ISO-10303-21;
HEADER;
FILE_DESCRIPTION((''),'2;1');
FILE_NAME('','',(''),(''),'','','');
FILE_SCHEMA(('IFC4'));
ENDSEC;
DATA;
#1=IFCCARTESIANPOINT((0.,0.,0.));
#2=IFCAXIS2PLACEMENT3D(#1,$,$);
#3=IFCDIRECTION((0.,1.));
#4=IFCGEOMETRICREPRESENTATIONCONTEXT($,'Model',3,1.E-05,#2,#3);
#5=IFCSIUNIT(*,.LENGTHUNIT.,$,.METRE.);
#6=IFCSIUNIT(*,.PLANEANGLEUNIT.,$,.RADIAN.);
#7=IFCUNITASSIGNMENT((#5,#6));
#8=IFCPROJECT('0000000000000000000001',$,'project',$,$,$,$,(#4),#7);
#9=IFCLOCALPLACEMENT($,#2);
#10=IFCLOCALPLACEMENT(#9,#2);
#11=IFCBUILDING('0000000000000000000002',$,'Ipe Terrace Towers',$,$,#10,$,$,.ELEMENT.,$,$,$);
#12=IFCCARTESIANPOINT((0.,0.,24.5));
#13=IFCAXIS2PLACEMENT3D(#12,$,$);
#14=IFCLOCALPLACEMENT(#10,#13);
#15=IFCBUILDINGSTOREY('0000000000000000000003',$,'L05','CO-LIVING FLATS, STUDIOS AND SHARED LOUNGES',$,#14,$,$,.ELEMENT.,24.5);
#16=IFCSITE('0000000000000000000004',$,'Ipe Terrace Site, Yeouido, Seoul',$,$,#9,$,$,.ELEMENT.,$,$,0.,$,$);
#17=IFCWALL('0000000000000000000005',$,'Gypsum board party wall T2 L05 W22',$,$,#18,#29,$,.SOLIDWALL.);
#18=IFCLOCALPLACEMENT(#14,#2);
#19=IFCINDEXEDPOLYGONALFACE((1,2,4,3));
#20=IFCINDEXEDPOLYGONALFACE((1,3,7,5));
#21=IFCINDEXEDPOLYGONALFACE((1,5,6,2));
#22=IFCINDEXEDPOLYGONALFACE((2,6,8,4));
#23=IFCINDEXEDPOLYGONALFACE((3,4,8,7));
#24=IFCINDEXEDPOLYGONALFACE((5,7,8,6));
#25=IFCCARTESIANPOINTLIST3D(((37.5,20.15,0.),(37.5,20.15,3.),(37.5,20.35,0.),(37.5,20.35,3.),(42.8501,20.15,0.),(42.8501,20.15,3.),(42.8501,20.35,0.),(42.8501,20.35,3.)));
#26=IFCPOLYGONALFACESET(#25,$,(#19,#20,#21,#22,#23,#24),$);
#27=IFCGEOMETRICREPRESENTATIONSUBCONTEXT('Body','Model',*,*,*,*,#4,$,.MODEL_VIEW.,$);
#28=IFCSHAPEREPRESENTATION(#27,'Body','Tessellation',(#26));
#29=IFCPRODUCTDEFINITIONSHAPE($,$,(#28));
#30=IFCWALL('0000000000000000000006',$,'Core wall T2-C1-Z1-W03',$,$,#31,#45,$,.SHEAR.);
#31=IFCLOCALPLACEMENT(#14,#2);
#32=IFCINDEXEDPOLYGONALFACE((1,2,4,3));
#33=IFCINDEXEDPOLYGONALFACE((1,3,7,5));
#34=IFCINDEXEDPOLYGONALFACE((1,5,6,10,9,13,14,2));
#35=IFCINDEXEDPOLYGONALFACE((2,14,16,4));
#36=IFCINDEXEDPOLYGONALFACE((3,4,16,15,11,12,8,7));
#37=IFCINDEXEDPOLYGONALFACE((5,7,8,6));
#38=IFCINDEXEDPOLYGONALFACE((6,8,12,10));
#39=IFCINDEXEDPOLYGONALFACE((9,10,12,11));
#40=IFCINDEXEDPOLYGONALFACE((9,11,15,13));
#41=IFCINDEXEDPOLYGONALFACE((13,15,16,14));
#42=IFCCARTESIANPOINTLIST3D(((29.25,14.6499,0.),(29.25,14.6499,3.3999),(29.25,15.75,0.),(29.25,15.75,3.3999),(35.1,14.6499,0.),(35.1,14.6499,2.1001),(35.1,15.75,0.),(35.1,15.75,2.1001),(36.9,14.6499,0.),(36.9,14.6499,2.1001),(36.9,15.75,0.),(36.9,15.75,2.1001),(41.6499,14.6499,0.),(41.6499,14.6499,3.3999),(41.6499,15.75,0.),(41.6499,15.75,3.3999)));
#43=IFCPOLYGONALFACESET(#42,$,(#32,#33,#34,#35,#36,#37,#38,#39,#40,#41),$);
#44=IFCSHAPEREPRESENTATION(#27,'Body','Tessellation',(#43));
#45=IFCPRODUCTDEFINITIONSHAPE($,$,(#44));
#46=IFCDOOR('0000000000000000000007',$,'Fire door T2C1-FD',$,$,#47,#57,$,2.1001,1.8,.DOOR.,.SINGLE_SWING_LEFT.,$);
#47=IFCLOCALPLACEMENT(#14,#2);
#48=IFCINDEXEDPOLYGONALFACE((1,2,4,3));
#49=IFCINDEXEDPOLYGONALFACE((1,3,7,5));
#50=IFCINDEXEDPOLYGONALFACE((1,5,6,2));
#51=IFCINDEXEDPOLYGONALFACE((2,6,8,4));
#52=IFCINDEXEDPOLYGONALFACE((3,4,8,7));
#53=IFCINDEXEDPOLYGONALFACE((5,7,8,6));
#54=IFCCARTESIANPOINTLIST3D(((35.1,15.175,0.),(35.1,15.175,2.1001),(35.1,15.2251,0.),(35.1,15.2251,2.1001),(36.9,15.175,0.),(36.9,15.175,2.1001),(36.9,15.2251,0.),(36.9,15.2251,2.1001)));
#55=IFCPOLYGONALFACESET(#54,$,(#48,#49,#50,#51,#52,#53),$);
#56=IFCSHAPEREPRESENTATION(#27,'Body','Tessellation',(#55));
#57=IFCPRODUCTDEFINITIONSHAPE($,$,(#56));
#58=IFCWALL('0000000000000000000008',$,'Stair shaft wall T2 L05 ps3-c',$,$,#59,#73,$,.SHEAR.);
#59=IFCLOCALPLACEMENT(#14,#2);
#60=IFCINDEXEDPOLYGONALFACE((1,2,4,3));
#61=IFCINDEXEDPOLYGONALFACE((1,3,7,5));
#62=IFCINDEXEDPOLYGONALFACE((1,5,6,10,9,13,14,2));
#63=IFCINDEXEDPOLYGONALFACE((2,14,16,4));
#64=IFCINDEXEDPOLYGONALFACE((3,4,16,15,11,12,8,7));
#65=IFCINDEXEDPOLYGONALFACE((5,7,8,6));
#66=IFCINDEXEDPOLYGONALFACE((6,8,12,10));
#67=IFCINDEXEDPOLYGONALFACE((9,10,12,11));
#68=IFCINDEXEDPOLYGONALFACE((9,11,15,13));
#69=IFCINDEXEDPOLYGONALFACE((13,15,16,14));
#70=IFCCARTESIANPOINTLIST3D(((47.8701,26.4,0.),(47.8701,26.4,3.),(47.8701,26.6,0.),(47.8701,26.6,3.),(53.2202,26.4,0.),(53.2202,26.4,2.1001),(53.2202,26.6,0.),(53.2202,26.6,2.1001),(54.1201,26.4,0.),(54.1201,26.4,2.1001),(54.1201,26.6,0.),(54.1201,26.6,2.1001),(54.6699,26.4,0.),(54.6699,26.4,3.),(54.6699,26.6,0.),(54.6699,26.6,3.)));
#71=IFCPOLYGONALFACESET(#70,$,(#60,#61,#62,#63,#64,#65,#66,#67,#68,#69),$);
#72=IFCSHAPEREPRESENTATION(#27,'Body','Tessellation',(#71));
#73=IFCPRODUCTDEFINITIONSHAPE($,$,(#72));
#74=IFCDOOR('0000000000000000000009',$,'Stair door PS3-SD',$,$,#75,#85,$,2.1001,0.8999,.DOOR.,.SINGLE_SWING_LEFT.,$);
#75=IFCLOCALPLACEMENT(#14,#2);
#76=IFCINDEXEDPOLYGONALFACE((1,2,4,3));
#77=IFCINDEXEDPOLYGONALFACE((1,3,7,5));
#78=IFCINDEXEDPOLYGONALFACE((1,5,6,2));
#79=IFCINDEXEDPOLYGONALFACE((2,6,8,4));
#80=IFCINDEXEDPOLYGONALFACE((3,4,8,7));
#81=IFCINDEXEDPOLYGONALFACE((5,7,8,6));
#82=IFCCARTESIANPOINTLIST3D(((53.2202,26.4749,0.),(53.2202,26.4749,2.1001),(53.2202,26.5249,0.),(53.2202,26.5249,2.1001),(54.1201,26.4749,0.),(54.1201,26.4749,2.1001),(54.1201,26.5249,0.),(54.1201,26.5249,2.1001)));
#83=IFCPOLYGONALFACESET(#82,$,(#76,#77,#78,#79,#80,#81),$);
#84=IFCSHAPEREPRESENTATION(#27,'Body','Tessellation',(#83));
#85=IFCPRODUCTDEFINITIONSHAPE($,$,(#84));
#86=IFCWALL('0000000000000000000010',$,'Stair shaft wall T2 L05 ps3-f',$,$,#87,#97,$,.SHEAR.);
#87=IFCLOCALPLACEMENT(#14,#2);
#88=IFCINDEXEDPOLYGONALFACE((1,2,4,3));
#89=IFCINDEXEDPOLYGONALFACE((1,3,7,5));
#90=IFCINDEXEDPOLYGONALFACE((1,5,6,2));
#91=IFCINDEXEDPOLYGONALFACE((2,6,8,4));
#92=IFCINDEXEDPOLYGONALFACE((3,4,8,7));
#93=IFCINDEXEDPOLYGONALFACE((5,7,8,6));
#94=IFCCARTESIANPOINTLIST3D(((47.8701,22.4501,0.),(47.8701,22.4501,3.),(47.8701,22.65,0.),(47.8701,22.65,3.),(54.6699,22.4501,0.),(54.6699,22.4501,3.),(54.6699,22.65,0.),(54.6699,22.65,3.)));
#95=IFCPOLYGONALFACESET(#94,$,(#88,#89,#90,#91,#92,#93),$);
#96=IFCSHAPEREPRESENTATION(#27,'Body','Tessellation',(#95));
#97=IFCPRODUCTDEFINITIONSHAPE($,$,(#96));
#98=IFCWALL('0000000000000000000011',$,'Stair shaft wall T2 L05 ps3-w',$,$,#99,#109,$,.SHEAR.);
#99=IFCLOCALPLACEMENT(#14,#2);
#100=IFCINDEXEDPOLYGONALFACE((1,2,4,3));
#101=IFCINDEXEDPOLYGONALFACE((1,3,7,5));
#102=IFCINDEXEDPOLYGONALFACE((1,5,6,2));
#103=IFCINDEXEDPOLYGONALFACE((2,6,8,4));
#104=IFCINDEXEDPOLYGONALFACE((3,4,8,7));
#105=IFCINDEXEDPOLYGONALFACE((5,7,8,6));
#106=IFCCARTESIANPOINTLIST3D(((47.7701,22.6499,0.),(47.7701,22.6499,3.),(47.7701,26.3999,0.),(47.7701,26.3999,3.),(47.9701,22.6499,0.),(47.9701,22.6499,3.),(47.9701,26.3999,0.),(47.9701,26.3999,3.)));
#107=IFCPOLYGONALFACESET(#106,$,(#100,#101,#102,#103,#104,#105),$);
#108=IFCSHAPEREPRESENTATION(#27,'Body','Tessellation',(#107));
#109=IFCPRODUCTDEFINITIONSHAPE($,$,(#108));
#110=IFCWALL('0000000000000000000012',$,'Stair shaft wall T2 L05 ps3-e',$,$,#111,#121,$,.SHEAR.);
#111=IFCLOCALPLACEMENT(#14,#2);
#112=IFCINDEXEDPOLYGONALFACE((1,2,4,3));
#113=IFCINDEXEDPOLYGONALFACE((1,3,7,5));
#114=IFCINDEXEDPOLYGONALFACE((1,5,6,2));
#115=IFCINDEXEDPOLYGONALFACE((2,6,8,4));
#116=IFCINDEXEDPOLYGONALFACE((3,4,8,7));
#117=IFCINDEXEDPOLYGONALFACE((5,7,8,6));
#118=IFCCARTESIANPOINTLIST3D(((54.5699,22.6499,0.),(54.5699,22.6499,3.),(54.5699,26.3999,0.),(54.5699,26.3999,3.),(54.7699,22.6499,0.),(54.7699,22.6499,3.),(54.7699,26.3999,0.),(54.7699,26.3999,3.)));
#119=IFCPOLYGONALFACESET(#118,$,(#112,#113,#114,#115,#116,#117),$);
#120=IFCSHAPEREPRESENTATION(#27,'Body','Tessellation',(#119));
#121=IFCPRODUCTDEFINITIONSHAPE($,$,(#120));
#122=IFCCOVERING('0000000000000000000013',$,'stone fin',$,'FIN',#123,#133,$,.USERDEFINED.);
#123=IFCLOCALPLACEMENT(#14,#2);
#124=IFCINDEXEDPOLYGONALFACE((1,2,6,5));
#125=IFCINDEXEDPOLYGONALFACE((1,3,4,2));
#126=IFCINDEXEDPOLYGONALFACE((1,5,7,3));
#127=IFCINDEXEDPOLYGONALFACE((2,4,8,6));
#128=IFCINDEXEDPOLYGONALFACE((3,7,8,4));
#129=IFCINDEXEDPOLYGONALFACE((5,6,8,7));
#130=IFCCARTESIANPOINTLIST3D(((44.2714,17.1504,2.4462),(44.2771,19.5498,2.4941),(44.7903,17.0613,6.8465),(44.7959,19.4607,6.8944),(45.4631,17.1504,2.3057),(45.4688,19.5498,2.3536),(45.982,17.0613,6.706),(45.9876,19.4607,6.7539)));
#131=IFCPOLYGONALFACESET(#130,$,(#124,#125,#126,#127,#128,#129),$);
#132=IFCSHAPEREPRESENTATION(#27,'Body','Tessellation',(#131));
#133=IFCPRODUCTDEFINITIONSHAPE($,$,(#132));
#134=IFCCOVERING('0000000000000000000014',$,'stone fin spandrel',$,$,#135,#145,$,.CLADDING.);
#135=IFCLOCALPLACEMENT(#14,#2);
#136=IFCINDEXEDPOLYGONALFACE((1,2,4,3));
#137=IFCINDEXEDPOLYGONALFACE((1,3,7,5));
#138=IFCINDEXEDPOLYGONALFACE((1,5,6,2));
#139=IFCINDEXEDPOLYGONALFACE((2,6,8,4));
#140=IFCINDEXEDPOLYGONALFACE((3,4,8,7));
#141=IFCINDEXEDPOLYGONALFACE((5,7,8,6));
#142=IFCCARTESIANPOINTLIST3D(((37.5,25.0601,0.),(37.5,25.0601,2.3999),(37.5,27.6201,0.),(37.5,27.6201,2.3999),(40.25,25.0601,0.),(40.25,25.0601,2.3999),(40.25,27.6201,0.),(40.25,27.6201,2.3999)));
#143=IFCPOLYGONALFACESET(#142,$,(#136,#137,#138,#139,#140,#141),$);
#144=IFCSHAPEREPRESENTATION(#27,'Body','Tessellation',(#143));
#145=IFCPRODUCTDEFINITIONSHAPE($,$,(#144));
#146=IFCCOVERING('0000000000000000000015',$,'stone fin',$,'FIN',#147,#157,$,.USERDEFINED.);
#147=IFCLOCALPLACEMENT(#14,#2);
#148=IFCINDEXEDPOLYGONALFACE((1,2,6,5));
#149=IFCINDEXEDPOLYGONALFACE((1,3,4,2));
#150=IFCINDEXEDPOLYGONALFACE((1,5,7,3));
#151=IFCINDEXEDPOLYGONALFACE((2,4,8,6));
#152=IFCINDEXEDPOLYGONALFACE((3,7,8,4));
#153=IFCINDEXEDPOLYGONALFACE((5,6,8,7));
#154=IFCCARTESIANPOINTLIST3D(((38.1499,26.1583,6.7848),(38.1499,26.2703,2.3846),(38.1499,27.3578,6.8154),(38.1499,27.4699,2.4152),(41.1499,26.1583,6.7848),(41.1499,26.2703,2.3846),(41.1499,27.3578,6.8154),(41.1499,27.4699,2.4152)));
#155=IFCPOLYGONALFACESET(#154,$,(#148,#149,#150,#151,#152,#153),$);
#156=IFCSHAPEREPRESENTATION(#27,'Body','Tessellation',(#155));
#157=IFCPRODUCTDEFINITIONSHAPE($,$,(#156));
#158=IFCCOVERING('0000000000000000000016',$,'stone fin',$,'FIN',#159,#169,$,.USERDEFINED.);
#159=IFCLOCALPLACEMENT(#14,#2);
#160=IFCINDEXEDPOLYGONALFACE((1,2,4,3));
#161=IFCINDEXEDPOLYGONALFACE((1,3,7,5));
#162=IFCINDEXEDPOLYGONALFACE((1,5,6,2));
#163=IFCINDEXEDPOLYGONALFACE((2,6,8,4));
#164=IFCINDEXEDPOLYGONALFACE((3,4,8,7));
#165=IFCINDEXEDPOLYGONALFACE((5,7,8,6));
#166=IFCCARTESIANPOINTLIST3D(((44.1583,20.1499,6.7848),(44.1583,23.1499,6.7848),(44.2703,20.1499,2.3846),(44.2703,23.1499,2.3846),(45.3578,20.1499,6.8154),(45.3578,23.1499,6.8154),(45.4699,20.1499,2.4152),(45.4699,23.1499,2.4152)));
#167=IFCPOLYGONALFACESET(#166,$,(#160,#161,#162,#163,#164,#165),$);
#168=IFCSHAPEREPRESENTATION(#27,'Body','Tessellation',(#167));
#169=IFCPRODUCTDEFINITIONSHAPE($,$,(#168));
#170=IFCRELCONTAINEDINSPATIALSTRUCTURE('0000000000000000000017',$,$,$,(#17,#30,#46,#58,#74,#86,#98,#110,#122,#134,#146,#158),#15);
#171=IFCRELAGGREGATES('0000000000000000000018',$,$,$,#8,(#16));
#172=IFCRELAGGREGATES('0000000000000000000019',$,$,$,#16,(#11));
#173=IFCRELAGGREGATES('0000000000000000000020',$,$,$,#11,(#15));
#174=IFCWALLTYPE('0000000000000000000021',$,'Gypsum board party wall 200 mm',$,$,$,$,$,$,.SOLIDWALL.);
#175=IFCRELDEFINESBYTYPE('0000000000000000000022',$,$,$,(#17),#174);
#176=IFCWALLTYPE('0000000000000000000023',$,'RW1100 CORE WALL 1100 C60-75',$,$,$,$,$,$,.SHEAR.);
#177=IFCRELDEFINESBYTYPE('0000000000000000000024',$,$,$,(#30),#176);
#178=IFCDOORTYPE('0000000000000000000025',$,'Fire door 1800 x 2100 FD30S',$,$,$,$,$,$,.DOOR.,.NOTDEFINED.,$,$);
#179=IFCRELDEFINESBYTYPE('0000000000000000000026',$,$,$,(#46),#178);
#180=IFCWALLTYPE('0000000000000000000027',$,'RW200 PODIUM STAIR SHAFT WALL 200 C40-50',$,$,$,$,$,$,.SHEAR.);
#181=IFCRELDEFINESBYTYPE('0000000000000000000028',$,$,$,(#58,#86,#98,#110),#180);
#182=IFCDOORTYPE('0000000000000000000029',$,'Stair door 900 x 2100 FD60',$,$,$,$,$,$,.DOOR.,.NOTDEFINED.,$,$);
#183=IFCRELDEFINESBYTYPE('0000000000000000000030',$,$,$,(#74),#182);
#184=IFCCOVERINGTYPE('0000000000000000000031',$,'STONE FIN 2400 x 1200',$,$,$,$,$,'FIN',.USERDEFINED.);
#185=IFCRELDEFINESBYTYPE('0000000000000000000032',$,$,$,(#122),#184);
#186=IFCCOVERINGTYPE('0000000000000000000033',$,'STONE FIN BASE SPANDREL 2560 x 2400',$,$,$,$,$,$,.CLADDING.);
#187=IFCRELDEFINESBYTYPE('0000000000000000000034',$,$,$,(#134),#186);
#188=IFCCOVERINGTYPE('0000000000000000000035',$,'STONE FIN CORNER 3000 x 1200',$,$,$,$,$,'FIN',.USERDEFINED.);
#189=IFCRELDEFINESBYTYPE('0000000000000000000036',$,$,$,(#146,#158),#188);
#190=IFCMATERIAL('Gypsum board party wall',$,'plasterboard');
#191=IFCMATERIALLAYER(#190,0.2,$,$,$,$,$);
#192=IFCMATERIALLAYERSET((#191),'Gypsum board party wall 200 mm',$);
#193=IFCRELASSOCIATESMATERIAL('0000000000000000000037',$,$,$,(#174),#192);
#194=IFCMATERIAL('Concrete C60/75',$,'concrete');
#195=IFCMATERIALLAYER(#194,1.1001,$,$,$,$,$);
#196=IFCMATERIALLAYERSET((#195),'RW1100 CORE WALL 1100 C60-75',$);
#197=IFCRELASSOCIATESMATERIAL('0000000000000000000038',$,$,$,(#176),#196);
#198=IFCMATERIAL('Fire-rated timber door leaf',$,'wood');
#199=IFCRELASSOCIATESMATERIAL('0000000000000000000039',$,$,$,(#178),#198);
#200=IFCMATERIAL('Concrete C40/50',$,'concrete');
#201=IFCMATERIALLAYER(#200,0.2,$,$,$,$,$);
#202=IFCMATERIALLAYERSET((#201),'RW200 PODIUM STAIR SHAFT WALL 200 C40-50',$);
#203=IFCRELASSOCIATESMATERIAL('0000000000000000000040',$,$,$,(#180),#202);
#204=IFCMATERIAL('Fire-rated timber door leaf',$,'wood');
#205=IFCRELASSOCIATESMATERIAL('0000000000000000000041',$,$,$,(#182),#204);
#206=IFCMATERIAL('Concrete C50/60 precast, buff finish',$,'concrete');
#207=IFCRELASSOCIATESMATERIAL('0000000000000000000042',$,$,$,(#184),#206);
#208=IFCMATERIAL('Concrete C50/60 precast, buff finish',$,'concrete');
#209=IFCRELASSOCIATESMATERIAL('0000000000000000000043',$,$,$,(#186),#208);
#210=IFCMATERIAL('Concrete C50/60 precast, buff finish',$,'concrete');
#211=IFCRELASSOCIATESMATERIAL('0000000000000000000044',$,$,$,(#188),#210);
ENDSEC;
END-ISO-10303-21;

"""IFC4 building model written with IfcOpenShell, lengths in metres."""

from ifc_helpers import new_model, si_unit, direction, frame, frame_2d, origin, origin_2d, place, context, subcontext, project, spatial, rectangle, extrude, material, layer, layer_set, material_profile, profile_set, type_object, element, fill, save


model = new_model("IFC4")

# Units and contexts
model_context = context("Model", 3, precision=1e-05, world=origin(), true_north=direction((0.0, 1.0)))
body_context = subcontext(model_context, "Body", "Model", "MODEL_VIEW")
ifc_project = project(units=[si_unit("LENGTHUNIT", "METRE"), si_unit("PLANEANGLEUNIT", "RADIAN")], contexts=[model_context])

# Site, building, storey
site_placement = place(None, origin())
site = spatial("IfcSite", under=ifc_project, at=site_placement, Name="Ipe Terrace Site, Yeouido, Seoul", CompositionType="ELEMENT", RefElevation=0.0)
building_placement = place(site_placement, origin())
building = spatial("IfcBuilding", under=site, at=building_placement, Name="Ipe Terrace Towers", CompositionType="ELEMENT")
storey_placement = place(building_placement, frame((0.0, 0.0, 24.5)))
storey = spatial("IfcBuildingStorey", under=building, at=storey_placement, Name="L05", Description="CO-LIVING FLATS, STUDIOS AND SHARED LOUNGES", CompositionType="ELEMENT", Elevation=24.5)

# Wall
ifc_material_1 = material(Name="Gypsum board party wall", Category="plasterboard")
ifc_layer_1 = layer(ifc_material_1, 0.2)
ifc_layer_set_1 = layer_set([ifc_layer_1], Name="Gypsum board party wall 200 mm")
wall_type_1 = type_object("IfcWallType", Name="Gypsum board party wall 200 mm", PredefinedType="SOLIDWALL", material=ifc_layer_set_1)
wall_1_placement = place(storey_placement, frame((42.8501, 20.25, 0.0), z_axis=(0.0, 0.0, 1.0), x_axis=(-1.0, 0.0, 0.0)))
element("IfcWall", 1, at=wall_1_placement, inside=storey, type_object=wall_type_1, Name="Gypsum board party wall T2 L05 W22", PredefinedType="SOLIDWALL", context=body_context, shape_type="SweptSolid", body=[
    extrude(rectangle(XDim=5.3501, YDim=0.2, at=frame_2d((2.675, 0.0))), origin(), (0.0, 0.0, 1.0), 3.0),
])

# Walls, openings, doors
ifc_material_2 = material(Name="Concrete C60/75", Category="concrete")
ifc_layer_2 = layer(ifc_material_2, 1.1001)
ifc_layer_set_2 = layer_set([ifc_layer_2], Name="RW1100 CORE WALL 1100 C60-75")
wall_type_2 = type_object("IfcWallType", Name="RW1100 CORE WALL 1100 C60-75", PredefinedType="SHEAR", material=ifc_layer_set_2)
wall_2_placement = place(storey_placement, frame((41.6499, 15.2, 0.0), z_axis=(0.0, 0.0, 1.0), x_axis=(-1.0, 0.0, 0.0)))
wall_2 = element("IfcWall", 2, at=wall_2_placement, inside=storey, type_object=wall_type_2, Name="Core wall T2-C1-Z1-W03", PredefinedType="SHEAR", context=body_context, shape_type="SweptSolid", body=[
    extrude(rectangle(XDim=12.3999, YDim=1.1001, at=frame_2d((6.2, 0.0))), origin(), (0.0, 0.0, 1.0), 3.3999),
])
opening_1_placement = place(wall_2_placement, frame((4.75, 0.0, 0.0)))
opening_1 = element("IfcOpeningElement", 3, at=opening_1_placement, cuts=wall_2, PredefinedType="OPENING", context=body_context, shape_type="SweptSolid", body=[
    extrude(rectangle(XDim=1.8, YDim=2.1001, at=frame_2d((0.8999, 1.05))), frame((0.0, 0.5601, 0.0), z_axis=(0.0, -1.0, 0.0), x_axis=(1.0, 0.0, 0.0)), (0.0, 0.0, 1.0), 1.1201),
])
ifc_material_3 = material(Name="Fire-rated timber door leaf", Category="wood")
door_type_1 = type_object("IfcDoorType", Name="Fire door 1800 x 2100 FD30S", OperationType="NOTDEFINED", PredefinedType="DOOR", material=ifc_material_3)
door_1_placement = place(opening_1_placement, origin())
door_1 = element("IfcDoor", 4, at=door_1_placement, inside=storey, type_object=door_type_1, Name="Fire door T2C1-FD", OperationType="SINGLE_SWING_LEFT", OverallHeight=2.1001, OverallWidth=1.8, PredefinedType="DOOR", context=body_context, shape_type="SweptSolid", body=[
    extrude(rectangle(XDim=1.8, YDim=2.1001, at=frame_2d((0.8999, 1.05))), frame((0.0, 0.0249, 0.0), z_axis=(0.0, -1.0, 0.0), x_axis=(1.0, 0.0, 0.0)), (0.0, 0.0, 1.0), 0.05),
])
fill(opening_1, door_1)
ifc_material_4 = material(Name="Concrete C40/50", Category="concrete")
ifc_layer_3 = layer(ifc_material_4, 0.2)
ifc_layer_set_3 = layer_set([ifc_layer_3], Name="RW200 PODIUM STAIR SHAFT WALL 200 C40-50")
wall_type_3 = type_object("IfcWallType", Name="RW200 PODIUM STAIR SHAFT WALL 200 C40-50", PredefinedType="SHEAR", material=ifc_layer_set_3)
wall_3_placement = place(storey_placement, frame((47.8701, 26.5, 0.0), z_axis=(0.0, 0.0, 1.0), x_axis=(1.0, 0.0, 0.0)))
wall_3 = element("IfcWall", 5, at=wall_3_placement, inside=storey, type_object=wall_type_3, Name="Stair shaft wall T2 L05 ps3-c", PredefinedType="SHEAR", context=body_context, shape_type="SweptSolid", body=[
    extrude(rectangle(XDim=6.7998, YDim=0.2, at=frame_2d((3.3999, 0.0))), origin(), (0.0, 0.0, 1.0), 3.0),
])
opening_2_placement = place(wall_3_placement, frame((5.3501, 0.0, 0.0)))
opening_2 = element("IfcOpeningElement", 6, at=opening_2_placement, cuts=wall_3, PredefinedType="OPENING", context=body_context, shape_type="SweptSolid", body=[
    extrude(rectangle(XDim=0.8999, YDim=2.1001, at=frame_2d((0.45, 1.05))), frame((0.0, 0.1099, 0.0), z_axis=(0.0, -1.0, 0.0), x_axis=(1.0, 0.0, 0.0)), (0.0, 0.0, 1.0), 0.22),
])
ifc_material_5 = material(Name="Fire-rated timber door leaf", Category="wood")
door_type_2 = type_object("IfcDoorType", Name="Stair door 900 x 2100 FD60", OperationType="NOTDEFINED", PredefinedType="DOOR", material=ifc_material_5)
door_2_placement = place(opening_2_placement, origin())
door_2 = element("IfcDoor", 7, at=door_2_placement, inside=storey, type_object=door_type_2, Name="Stair door PS3-SD", OperationType="SINGLE_SWING_LEFT", OverallHeight=2.1001, OverallWidth=0.8999, PredefinedType="DOOR", context=body_context, shape_type="SweptSolid", body=[
    extrude(rectangle(XDim=0.8999, YDim=2.1001, at=frame_2d((0.45, 1.05))), frame((0.0, 0.0249, 0.0), z_axis=(0.0, -1.0, 0.0), x_axis=(1.0, 0.0, 0.0)), (0.0, 0.0, 1.0), 0.05),
])
fill(opening_2, door_2)

# Walls
wall_4_placement = place(storey_placement, frame((47.8701, 22.55, 0.0), z_axis=(0.0, 0.0, 1.0), x_axis=(1.0, 0.0, 0.0)))
element("IfcWall", 8, at=wall_4_placement, inside=storey, type_object=wall_type_3, Name="Stair shaft wall T2 L05 ps3-f", PredefinedType="SHEAR", context=body_context, shape_type="SweptSolid", body=[
    extrude(rectangle(XDim=6.7998, YDim=0.2, at=frame_2d((3.3999, 0.0))), origin(), (0.0, 0.0, 1.0), 3.0),
])
for number, where, z_axis, x_axis, name in (
    (9, (47.8701, 22.6499, 0.0), (0.0, 0.0, 1.0), (0.0, 1.0, 0.0), "Stair shaft wall T2 L05 ps3-w"),
    (10, (54.6699, 22.6499, 0.0), (0.0, 0.0, 1.0), (0.0, 1.0, 0.0), "Stair shaft wall T2 L05 ps3-e"),
):
    element("IfcWall", number, at=place(storey_placement, frame(where, z_axis=z_axis, x_axis=x_axis)), inside=storey, type_object=wall_type_3, Name=name, PredefinedType="SHEAR", context=body_context, shape_type="SweptSolid", body=[
        extrude(rectangle(XDim=3.75, YDim=0.2, at=frame_2d((1.875, 0.0))), origin(), (0.0, 0.0, 1.0), 3.0),
    ])

# Coverings
ifc_material_6 = material(Name="Concrete C50/60 precast, buff finish", Category="concrete")
ifc_material_profile_1 = material_profile(ifc_material_6, rectangle(XDim=2.3999, YDim=1.2, at=origin_2d()), Name="STONE FIN 2400 x 1200")
ifc_profile_set_1 = profile_set([ifc_material_profile_1], Name="Concrete C50/60 precast, buff finish")
covering_type_1 = type_object("IfcCoveringType", Name="STONE FIN 2400 x 1200", ElementType="FIN", PredefinedType="USERDEFINED", material=ifc_profile_set_1)
covering_1_placement = place(storey_placement, frame((44.8701, 18.3501, 2.3999), z_axis=(0.11707, -0.020109, 0.99292), x_axis=(0.002355, 0.999798, 0.01997)))
element("IfcCovering", 11, at=covering_1_placement, inside=storey, type_object=covering_type_1, Name="stone fin", ObjectType="FIN", PredefinedType="USERDEFINED", context=body_context, shape_type="SweptSolid", body=[
    extrude(rectangle(XDim=2.3999, YDim=1.2, at=origin_2d()), origin(), (0.0, 0.0, 1.0), 4.4316),
])
ifc_material_7 = material(Name="Concrete C50/60 precast, buff finish", Category="concrete")
ifc_material_profile_2 = material_profile(ifc_material_7, rectangle(XDim=2.5601, YDim=2.3999, at=origin_2d()), Name="STONE FIN BASE SPANDREL 2560 x 2400")
ifc_profile_set_2 = profile_set([ifc_material_profile_2], Name="Concrete C50/60 precast, buff finish")
covering_type_2 = type_object("IfcCoveringType", Name="STONE FIN BASE SPANDREL 2560 x 2400", PredefinedType="CLADDING", material=ifc_profile_set_2)
covering_2_placement = place(storey_placement, frame((40.25, 26.3401, 1.2), z_axis=(-1.0, 0.0, 0.0), x_axis=(0.0, 1.0, 0.0)))
element("IfcCovering", 12, at=covering_2_placement, inside=storey, type_object=covering_type_2, Name="stone fin spandrel", PredefinedType="CLADDING", context=body_context, shape_type="SweptSolid", body=[
    extrude(rectangle(XDim=2.5601, YDim=2.3999, at=origin_2d()), origin(), (0.0, 0.0, 1.0), 2.75),
])
ifc_material_8 = material(Name="Concrete C50/60 precast, buff finish", Category="concrete")
ifc_material_profile_3 = material_profile(ifc_material_8, rectangle(XDim=3.0, YDim=1.2, at=origin_2d()), Name="STONE FIN CORNER 3000 x 1200")
ifc_profile_set_3 = profile_set([ifc_material_profile_3], Name="Concrete C50/60 precast, buff finish")
covering_type_3 = type_object("IfcCoveringType", Name="STONE FIN CORNER 3000 x 1200", ElementType="FIN", PredefinedType="USERDEFINED", material=ifc_profile_set_3)
for number, where, z_axis, x_axis, name in (
    (13, (39.6499, 26.8701, 2.3999), (0.0, -0.025459, 0.999676), (-1.0, 0.0, 0.0), "stone fin"),
    (14, (44.8701, 21.6499, 2.3999), (-0.025459, 0.0, 0.999676), (0.0, 1.0, 0.0), "stone fin"),
):
    element("IfcCovering", number, at=place(storey_placement, frame(where, z_axis=z_axis, x_axis=x_axis)), inside=storey, type_object=covering_type_3, Name=name, ObjectType="FIN", PredefinedType="USERDEFINED", context=body_context, shape_type="SweptSolid", body=[
        extrude(rectangle(XDim=3.0, YDim=1.2, at=origin_2d()), origin(), (0.0, 0.0, 1.0), 4.4016),
    ])

save(model, "model.ifc")
